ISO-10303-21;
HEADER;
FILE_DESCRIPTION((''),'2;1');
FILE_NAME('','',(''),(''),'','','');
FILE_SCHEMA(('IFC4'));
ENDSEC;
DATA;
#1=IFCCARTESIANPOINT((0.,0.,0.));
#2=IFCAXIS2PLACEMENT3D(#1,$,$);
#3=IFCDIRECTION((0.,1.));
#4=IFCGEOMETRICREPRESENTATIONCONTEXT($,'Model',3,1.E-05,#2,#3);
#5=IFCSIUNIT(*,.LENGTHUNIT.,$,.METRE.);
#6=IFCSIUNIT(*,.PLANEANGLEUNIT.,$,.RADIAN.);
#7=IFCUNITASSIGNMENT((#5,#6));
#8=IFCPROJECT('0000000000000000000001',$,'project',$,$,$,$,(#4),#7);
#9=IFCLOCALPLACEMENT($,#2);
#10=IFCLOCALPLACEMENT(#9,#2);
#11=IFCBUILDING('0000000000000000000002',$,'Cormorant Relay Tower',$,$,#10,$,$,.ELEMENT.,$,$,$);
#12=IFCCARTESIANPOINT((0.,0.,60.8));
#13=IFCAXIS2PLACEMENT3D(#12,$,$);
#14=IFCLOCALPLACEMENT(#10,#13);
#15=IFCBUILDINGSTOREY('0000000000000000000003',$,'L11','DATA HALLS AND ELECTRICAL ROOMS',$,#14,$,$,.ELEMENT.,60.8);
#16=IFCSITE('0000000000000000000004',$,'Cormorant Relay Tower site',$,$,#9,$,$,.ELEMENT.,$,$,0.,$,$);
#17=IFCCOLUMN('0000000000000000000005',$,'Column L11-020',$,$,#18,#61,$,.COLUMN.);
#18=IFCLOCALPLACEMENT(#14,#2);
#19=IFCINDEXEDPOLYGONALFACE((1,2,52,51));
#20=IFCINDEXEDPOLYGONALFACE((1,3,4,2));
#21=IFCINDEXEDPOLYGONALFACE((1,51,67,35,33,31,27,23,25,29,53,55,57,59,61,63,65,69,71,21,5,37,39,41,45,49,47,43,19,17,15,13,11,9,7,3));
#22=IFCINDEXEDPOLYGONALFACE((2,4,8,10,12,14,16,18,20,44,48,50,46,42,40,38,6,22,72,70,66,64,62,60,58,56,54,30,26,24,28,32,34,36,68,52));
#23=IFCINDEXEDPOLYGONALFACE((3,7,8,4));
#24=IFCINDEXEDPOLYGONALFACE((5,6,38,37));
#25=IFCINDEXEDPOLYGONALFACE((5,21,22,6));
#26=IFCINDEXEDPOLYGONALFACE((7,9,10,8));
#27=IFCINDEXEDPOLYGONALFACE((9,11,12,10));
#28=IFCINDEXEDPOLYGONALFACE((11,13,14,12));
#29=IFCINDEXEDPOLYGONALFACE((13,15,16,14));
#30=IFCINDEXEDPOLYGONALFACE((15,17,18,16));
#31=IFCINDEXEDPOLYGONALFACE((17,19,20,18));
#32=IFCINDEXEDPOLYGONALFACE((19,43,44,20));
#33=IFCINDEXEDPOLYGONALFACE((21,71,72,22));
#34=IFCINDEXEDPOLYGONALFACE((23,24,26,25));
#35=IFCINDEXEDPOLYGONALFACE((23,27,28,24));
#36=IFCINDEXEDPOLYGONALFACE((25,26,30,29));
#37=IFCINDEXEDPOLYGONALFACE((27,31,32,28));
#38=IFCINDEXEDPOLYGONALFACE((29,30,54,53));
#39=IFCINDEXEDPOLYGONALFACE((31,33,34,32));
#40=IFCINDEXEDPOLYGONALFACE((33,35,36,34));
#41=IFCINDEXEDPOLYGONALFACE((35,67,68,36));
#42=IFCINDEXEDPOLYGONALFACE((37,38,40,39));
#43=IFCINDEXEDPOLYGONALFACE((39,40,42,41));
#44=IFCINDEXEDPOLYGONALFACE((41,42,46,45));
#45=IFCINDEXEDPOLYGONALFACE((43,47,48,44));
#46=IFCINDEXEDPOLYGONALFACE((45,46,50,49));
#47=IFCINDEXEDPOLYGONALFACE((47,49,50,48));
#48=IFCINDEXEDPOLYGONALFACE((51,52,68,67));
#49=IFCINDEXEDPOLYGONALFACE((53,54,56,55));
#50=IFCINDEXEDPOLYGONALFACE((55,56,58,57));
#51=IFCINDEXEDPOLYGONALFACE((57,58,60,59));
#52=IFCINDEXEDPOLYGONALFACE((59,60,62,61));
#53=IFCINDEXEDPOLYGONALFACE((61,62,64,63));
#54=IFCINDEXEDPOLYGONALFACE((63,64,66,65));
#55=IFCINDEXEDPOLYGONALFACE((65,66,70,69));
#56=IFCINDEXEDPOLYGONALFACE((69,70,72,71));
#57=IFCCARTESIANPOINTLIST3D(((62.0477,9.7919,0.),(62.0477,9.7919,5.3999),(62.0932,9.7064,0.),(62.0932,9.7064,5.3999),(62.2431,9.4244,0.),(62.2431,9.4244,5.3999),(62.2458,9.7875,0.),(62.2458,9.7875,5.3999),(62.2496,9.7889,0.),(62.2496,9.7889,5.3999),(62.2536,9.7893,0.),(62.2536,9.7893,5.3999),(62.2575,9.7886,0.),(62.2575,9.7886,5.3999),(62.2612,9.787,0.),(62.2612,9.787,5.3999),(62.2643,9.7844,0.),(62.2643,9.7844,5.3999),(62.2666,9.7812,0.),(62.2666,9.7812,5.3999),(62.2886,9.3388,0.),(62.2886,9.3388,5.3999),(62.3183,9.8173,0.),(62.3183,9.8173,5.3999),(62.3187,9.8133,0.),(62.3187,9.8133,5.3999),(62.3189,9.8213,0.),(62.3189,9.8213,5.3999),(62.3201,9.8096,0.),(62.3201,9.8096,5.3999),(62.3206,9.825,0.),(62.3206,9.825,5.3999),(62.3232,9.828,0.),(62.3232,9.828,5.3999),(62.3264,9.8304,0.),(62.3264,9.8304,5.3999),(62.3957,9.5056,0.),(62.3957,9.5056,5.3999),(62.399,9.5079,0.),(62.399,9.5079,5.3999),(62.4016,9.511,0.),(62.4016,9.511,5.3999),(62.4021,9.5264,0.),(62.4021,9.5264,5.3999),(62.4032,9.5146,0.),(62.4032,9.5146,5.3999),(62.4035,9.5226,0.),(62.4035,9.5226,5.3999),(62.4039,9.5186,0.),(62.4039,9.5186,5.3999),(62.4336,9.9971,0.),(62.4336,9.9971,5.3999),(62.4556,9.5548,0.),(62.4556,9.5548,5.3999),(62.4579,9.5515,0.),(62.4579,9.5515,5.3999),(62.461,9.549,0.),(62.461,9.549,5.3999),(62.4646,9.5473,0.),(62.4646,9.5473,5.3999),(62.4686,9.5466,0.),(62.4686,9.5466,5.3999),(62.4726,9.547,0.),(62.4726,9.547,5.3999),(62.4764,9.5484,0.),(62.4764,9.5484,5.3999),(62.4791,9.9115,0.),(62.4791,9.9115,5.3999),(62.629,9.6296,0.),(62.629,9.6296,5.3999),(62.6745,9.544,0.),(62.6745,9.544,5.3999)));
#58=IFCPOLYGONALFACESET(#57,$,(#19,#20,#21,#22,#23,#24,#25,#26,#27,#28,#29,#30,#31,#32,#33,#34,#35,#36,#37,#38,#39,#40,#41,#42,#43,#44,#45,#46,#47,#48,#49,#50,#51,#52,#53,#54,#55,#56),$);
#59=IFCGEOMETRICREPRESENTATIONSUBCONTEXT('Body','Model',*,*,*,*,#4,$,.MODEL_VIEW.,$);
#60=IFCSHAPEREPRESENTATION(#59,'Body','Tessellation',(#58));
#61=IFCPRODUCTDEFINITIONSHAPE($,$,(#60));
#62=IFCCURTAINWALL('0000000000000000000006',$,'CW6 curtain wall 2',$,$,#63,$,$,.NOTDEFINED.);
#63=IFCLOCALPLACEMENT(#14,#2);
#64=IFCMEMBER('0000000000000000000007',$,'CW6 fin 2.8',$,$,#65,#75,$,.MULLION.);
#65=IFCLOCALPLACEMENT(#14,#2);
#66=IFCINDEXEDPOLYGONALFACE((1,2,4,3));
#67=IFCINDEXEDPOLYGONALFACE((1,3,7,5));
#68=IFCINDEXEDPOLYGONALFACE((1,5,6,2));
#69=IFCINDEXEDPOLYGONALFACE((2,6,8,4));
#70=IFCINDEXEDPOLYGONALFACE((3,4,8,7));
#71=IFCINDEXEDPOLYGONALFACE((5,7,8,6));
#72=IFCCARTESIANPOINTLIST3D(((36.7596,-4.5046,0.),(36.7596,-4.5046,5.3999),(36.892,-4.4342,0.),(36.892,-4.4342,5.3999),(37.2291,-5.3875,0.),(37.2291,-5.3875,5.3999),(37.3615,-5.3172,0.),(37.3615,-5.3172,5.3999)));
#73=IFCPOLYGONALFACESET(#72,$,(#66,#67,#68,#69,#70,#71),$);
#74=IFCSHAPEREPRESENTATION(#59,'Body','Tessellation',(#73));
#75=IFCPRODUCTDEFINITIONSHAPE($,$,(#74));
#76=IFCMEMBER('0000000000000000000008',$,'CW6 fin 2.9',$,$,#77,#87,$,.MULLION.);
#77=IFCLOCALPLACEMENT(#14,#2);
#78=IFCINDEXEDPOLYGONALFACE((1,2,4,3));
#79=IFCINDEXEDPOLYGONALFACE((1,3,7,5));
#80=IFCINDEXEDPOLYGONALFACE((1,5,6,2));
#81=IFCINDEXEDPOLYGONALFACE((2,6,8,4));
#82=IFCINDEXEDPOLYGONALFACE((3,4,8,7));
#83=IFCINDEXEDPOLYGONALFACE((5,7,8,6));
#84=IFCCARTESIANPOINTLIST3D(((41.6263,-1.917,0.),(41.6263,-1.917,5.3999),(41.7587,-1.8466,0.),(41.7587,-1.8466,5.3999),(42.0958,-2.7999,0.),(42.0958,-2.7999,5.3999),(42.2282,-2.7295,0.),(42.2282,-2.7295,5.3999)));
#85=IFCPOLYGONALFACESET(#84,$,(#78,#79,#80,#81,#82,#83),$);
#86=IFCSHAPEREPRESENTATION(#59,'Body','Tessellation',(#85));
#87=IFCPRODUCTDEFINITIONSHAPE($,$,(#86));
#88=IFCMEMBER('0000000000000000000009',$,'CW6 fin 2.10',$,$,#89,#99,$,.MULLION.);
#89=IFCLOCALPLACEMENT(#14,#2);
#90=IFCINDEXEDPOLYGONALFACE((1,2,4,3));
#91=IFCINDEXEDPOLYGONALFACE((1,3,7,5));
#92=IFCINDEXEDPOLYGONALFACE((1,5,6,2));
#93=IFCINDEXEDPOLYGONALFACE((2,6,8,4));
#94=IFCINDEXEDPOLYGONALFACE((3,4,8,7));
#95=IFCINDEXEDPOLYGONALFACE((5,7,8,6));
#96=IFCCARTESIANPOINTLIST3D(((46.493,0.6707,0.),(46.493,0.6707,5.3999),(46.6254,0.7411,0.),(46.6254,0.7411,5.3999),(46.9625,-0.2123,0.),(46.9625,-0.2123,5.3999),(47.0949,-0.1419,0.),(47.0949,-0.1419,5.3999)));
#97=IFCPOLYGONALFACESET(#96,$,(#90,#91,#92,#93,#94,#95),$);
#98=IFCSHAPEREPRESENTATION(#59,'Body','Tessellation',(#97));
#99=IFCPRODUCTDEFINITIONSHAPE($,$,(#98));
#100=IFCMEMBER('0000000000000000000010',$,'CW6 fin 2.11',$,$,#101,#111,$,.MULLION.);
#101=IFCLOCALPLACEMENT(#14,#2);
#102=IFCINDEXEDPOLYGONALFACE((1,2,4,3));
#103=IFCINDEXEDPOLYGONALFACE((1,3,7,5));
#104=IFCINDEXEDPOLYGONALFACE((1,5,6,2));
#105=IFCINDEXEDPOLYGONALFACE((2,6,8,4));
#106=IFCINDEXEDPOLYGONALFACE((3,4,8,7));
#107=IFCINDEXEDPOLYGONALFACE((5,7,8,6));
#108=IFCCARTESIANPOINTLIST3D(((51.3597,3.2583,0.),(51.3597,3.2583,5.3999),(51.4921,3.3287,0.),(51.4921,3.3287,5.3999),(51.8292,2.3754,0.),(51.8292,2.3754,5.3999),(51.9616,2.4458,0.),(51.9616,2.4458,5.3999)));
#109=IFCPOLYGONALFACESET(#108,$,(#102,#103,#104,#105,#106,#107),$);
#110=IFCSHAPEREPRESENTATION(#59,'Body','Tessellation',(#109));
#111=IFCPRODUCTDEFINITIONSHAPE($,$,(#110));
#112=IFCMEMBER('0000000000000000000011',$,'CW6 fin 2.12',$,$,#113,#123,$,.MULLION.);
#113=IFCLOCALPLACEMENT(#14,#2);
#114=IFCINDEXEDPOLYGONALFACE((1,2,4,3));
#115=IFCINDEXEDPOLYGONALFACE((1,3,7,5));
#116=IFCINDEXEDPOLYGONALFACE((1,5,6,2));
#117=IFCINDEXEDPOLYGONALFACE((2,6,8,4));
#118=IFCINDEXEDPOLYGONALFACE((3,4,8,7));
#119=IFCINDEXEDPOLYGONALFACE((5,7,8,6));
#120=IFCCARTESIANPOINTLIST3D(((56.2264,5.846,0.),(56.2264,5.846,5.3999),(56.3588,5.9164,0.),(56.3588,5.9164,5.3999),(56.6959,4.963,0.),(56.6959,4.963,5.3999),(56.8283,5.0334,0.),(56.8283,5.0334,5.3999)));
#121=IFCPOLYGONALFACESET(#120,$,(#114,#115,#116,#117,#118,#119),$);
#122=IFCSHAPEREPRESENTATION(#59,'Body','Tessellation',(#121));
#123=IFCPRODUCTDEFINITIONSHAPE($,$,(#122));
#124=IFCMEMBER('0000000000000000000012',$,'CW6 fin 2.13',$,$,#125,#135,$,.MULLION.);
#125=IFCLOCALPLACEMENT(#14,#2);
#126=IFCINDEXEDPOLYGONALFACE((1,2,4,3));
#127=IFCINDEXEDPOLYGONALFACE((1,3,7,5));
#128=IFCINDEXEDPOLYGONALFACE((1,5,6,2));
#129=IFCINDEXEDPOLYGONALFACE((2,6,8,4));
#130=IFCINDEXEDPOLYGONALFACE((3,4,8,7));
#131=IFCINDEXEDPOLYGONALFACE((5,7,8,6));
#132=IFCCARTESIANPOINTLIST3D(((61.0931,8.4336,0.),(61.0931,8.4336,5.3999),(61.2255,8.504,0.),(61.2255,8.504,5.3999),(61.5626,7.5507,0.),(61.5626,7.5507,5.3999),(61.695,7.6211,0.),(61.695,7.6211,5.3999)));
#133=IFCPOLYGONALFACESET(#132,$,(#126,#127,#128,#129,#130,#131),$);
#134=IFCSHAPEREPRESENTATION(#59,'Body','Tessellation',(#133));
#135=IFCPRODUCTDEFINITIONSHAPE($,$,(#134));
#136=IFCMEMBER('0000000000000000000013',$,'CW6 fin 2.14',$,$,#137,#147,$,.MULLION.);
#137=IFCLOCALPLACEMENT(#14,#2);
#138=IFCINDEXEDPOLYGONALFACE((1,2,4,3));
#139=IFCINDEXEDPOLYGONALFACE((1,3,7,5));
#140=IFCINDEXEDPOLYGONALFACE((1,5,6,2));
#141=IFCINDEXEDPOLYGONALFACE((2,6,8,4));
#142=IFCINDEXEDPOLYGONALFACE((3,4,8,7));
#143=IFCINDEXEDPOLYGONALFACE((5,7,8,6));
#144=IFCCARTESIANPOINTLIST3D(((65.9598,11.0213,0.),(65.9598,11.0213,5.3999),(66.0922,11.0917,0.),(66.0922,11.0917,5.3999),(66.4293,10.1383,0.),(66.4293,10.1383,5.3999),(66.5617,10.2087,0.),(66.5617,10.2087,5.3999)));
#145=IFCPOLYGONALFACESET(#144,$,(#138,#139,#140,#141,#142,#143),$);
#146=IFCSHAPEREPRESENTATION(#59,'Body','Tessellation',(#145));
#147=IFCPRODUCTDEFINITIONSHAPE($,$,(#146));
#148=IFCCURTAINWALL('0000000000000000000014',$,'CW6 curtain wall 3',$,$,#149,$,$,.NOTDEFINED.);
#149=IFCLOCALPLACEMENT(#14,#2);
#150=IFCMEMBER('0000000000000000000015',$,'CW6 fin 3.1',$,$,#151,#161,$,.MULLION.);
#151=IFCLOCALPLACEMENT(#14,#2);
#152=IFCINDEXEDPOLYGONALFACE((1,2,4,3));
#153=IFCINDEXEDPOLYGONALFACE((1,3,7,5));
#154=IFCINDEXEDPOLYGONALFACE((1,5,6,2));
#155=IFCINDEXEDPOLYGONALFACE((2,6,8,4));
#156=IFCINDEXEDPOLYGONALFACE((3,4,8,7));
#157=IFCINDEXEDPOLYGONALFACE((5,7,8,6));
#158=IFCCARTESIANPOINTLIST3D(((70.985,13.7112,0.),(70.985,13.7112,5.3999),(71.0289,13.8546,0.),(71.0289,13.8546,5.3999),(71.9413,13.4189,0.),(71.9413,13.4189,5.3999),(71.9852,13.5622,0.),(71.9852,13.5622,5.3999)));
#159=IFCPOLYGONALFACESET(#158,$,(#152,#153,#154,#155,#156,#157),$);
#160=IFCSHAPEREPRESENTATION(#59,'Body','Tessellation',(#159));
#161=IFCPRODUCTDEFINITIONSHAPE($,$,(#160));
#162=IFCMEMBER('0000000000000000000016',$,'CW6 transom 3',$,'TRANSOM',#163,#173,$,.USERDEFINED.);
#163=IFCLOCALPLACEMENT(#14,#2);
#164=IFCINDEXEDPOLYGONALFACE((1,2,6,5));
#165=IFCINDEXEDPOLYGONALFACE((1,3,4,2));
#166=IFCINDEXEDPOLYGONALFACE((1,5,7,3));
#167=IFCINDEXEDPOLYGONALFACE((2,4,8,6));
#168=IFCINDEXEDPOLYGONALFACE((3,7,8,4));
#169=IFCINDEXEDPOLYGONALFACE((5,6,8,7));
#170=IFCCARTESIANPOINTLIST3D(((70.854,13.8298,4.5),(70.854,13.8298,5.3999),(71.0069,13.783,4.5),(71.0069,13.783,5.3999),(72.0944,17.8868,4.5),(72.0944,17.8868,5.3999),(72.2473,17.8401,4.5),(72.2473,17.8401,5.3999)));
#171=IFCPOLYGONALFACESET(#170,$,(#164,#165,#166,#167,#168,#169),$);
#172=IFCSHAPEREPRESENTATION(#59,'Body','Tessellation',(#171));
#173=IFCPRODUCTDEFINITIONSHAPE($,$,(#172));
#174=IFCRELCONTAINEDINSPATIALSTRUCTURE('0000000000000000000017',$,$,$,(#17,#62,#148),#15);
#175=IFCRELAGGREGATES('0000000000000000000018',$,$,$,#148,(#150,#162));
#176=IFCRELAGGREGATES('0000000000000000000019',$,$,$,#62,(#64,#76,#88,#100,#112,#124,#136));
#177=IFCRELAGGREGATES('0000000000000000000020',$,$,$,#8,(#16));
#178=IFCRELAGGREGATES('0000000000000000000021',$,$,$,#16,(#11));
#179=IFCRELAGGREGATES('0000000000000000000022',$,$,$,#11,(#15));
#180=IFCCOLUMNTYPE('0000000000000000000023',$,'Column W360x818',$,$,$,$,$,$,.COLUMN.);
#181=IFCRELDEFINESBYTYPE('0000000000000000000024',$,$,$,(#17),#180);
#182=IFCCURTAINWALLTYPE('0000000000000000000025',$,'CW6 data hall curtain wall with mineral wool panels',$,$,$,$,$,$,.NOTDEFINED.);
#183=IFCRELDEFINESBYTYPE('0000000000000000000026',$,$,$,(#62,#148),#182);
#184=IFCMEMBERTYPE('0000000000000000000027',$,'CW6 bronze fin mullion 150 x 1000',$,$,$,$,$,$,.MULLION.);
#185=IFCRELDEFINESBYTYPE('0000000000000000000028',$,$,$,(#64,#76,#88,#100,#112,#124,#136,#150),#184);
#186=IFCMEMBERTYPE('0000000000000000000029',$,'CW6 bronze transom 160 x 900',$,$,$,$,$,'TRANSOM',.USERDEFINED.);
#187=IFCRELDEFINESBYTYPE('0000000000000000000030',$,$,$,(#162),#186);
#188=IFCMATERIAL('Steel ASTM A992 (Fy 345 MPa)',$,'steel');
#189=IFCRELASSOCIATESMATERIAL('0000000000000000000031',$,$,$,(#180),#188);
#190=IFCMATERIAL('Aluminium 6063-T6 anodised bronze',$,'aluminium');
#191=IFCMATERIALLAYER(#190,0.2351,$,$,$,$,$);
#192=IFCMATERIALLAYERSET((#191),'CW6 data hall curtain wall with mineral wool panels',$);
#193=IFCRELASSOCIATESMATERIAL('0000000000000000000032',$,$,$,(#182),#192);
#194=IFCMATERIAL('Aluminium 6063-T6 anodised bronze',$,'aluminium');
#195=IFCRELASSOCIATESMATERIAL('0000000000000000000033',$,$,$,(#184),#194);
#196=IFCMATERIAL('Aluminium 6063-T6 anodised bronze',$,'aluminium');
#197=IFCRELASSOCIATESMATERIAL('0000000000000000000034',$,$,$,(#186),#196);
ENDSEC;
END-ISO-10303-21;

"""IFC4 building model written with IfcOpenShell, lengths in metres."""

from ifc_helpers import new_model, si_unit, direction, frame, origin, origin_2d, place, context, subcontext, project, spatial, rectangle, i_section, extrude, material, layer, layer_set, material_profile, profile_set, type_object, element, aggregate, save


model = new_model("IFC4")

# Units and contexts
model_context = context("Model", 3, precision=1e-05, world=origin(), true_north=direction((0.0, 1.0)))
body_context = subcontext(model_context, "Body", "Model", "MODEL_VIEW")
ifc_project = project(units=[si_unit("LENGTHUNIT", "METRE"), si_unit("PLANEANGLEUNIT", "RADIAN")], contexts=[model_context])

# Site, building, storey
site_placement = place(None, origin())
site = spatial("IfcSite", under=ifc_project, at=site_placement, Name="Cormorant Relay Tower site", CompositionType="ELEMENT", RefElevation=0.0)
building_placement = place(site_placement, origin())
building = spatial("IfcBuilding", under=site, at=building_placement, Name="Cormorant Relay Tower", CompositionType="ELEMENT")
storey_placement = place(building_placement, frame((0.0, 0.0, 60.8)))
storey = spatial("IfcBuildingStorey", under=building, at=storey_placement, Name="L11", Description="DATA HALLS AND ELECTRICAL ROOMS", CompositionType="ELEMENT", Elevation=60.8)

# Column
ifc_material_1 = material(Name="Steel ASTM A992 (Fy 345 MPa)", Category="steel")
ifc_material_profile_1 = material_profile(ifc_material_1, i_section(OverallWidth=0.437, OverallDepth=0.5132, WebThickness=0.0605, FlangeThickness=0.0969, FilletRadius=0.0154, at=origin_2d()), Name="W360x818")
ifc_profile_set_1 = profile_set([ifc_material_profile_1], Name="Steel ASTM A992 (Fy 345 MPa)")
column_type_1 = type_object("IfcColumnType", Name="Column W360x818", PredefinedType="COLUMN", material=ifc_profile_set_1)
for number, where, z_axis, x_axis, name in (
    (1, (62.3611, 9.668, 0.0), (0.0, 0.0, 1.0), (0.882948, 0.469472, 0.0), "Column L11-020"),
):
    element("IfcColumn", number, at=place(storey_placement, frame(where, z_axis=z_axis, x_axis=x_axis)), inside=storey, type_object=column_type_1, Name=name, PredefinedType="COLUMN", context=body_context, shape_type="SweptSolid", body=[
        extrude(i_section(OverallWidth=0.437, OverallDepth=0.5132, WebThickness=0.0605, FlangeThickness=0.0969, FilletRadius=0.0154, at=origin_2d()), origin(), (0.0, 0.0, 1.0), 5.3999),
    ])

# Curtain walls, members
ifc_material_2 = material(Name="Aluminium 6063-T6 anodised bronze", Category="aluminium")
ifc_layer_1 = layer(ifc_material_2, 0.2351)
ifc_layer_set_1 = layer_set([ifc_layer_1], Name="CW6 data hall curtain wall with mineral wool panels")
curtain_wall_type = type_object("IfcCurtainWallType", Name="CW6 data hall curtain wall with mineral wool panels", PredefinedType="NOTDEFINED", material=ifc_layer_set_1)
curtain_wall_1_placement = place(storey_placement, origin())
curtain_wall_1 = element("IfcCurtainWall", 2, at=curtain_wall_1_placement, inside=storey, type_object=curtain_wall_type, Name="CW6 curtain wall 2", PredefinedType="NOTDEFINED")
ifc_material_3 = material(Name="Aluminium 6063-T6 anodised bronze", Category="aluminium")
ifc_material_profile_2 = material_profile(ifc_material_3, rectangle(XDim=0.1499, YDim=1.0, at=origin_2d()), Name="AL 150x1000")
ifc_profile_set_2 = profile_set([ifc_material_profile_2], Name="Aluminium 6063-T6 anodised bronze")
member_type_1 = type_object("IfcMemberType", Name="CW6 bronze fin mullion 150 x 1000", PredefinedType="MULLION", material=ifc_profile_set_2)
member_1_placement = place(storey_placement, frame((37.0605, -4.9109, 0.0), z_axis=(0.0, 0.0, 1.0), x_axis=(0.882948, 0.469472, 0.0)))
member_1 = element("IfcMember", 3, at=member_1_placement, type_object=member_type_1, Name="CW6 fin 2.8", PredefinedType="MULLION", context=body_context, shape_type="SweptSolid", body=[
    extrude(rectangle(XDim=0.1499, YDim=1.0, at=origin_2d()), origin(), (0.0, 0.0, 1.0), 5.3999),
])
member_2_placement = place(storey_placement, frame((41.9272, -2.3232, 0.0), z_axis=(0.0, 0.0, 1.0), x_axis=(0.882948, 0.469472, 0.0)))
member_2 = element("IfcMember", 4, at=member_2_placement, type_object=member_type_1, Name="CW6 fin 2.9", PredefinedType="MULLION", context=body_context, shape_type="SweptSolid", body=[
    extrude(rectangle(XDim=0.1499, YDim=1.0, at=origin_2d()), origin(), (0.0, 0.0, 1.0), 5.3999),
])
member_3_placement = place(storey_placement, frame((46.7939, 0.2644, 0.0), z_axis=(0.0, 0.0, 1.0), x_axis=(0.882948, 0.469472, 0.0)))
member_3 = element("IfcMember", 5, at=member_3_placement, type_object=member_type_1, Name="CW6 fin 2.10", PredefinedType="MULLION", context=body_context, shape_type="SweptSolid", body=[
    extrude(rectangle(XDim=0.1499, YDim=1.0, at=origin_2d()), origin(), (0.0, 0.0, 1.0), 5.3999),
])
member_4_placement = place(storey_placement, frame((51.6606, 2.8521, 0.0), z_axis=(0.0, 0.0, 1.0), x_axis=(0.882948, 0.469472, 0.0)))
member_4 = element("IfcMember", 6, at=member_4_placement, type_object=member_type_1, Name="CW6 fin 2.11", PredefinedType="MULLION", context=body_context, shape_type="SweptSolid", body=[
    extrude(rectangle(XDim=0.1499, YDim=1.0, at=origin_2d()), origin(), (0.0, 0.0, 1.0), 5.3999),
])
member_5_placement = place(storey_placement, frame((56.5273, 5.4397, 0.0), z_axis=(0.0, 0.0, 1.0), x_axis=(0.882948, 0.469472, 0.0)))
member_5 = element("IfcMember", 7, at=member_5_placement, type_object=member_type_1, Name="CW6 fin 2.12", PredefinedType="MULLION", context=body_context, shape_type="SweptSolid", body=[
    extrude(rectangle(XDim=0.1499, YDim=1.0, at=origin_2d()), origin(), (0.0, 0.0, 1.0), 5.3999),
])
member_6_placement = place(storey_placement, frame((61.394, 8.0273, 0.0), z_axis=(0.0, 0.0, 1.0), x_axis=(0.882948, 0.469472, 0.0)))
member_6 = element("IfcMember", 8, at=member_6_placement, type_object=member_type_1, Name="CW6 fin 2.13", PredefinedType="MULLION", context=body_context, shape_type="SweptSolid", body=[
    extrude(rectangle(XDim=0.1499, YDim=1.0, at=origin_2d()), origin(), (0.0, 0.0, 1.0), 5.3999),
])
member_7_placement = place(storey_placement, frame((66.2607, 10.615, 0.0), z_axis=(0.0, 0.0, 1.0), x_axis=(0.882948, 0.469472, 0.0)))
member_7 = element("IfcMember", 9, at=member_7_placement, type_object=member_type_1, Name="CW6 fin 2.14", PredefinedType="MULLION", context=body_context, shape_type="SweptSolid", body=[
    extrude(rectangle(XDim=0.1499, YDim=1.0, at=origin_2d()), origin(), (0.0, 0.0, 1.0), 5.3999),
])
curtain_wall_2_placement = place(storey_placement, origin())
curtain_wall_2 = element("IfcCurtainWall", 10, at=curtain_wall_2_placement, inside=storey, type_object=curtain_wall_type, Name="CW6 curtain wall 3", PredefinedType="NOTDEFINED")
member_8_placement = place(storey_placement, frame((71.4851, 13.6367, 0.0), z_axis=(0.0, 0.0, 1.0), x_axis=(0.292372, 0.956305, 0.0)))
member_8 = element("IfcMember", 11, at=member_8_placement, type_object=member_type_1, Name="CW6 fin 3.1", PredefinedType="MULLION", context=body_context, shape_type="SweptSolid", body=[
    extrude(rectangle(XDim=0.1499, YDim=1.0, at=origin_2d()), origin(), (0.0, 0.0, 1.0), 5.3999),
])
ifc_material_4 = material(Name="Aluminium 6063-T6 anodised bronze", Category="aluminium")
ifc_material_profile_3 = material_profile(ifc_material_4, rectangle(XDim=0.1599, YDim=0.8999, at=origin_2d()), Name="AL 160x900")
ifc_profile_set_3 = profile_set([ifc_material_profile_3], Name="Aluminium 6063-T6 anodised bronze")
member_type_2 = type_object("IfcMemberType", Name="CW6 bronze transom 160 x 900", ElementType="TRANSOM", PredefinedType="USERDEFINED", material=ifc_profile_set_3)
member_9_placement = place(storey_placement, frame((70.9304, 13.8064, 4.95), z_axis=(0.292391, 0.956299, 0.0), x_axis=(-0.956299, 0.292391, 0.0)))
member_9 = element("IfcMember", 12, at=member_9_placement, type_object=member_type_2, Name="CW6 transom 3", ObjectType="TRANSOM", PredefinedType="USERDEFINED", context=body_context, shape_type="SweptSolid", body=[
    extrude(rectangle(XDim=0.1599, YDim=0.8999, at=origin_2d()), origin(), (0.0, 0.0, 1.0), 4.2424),
])
aggregate(curtain_wall_2, [member_8, member_9])

aggregate(curtain_wall_1, [member_1, member_2, member_3, member_4, member_5, member_6, member_7])

save(model, "model.ifc")
